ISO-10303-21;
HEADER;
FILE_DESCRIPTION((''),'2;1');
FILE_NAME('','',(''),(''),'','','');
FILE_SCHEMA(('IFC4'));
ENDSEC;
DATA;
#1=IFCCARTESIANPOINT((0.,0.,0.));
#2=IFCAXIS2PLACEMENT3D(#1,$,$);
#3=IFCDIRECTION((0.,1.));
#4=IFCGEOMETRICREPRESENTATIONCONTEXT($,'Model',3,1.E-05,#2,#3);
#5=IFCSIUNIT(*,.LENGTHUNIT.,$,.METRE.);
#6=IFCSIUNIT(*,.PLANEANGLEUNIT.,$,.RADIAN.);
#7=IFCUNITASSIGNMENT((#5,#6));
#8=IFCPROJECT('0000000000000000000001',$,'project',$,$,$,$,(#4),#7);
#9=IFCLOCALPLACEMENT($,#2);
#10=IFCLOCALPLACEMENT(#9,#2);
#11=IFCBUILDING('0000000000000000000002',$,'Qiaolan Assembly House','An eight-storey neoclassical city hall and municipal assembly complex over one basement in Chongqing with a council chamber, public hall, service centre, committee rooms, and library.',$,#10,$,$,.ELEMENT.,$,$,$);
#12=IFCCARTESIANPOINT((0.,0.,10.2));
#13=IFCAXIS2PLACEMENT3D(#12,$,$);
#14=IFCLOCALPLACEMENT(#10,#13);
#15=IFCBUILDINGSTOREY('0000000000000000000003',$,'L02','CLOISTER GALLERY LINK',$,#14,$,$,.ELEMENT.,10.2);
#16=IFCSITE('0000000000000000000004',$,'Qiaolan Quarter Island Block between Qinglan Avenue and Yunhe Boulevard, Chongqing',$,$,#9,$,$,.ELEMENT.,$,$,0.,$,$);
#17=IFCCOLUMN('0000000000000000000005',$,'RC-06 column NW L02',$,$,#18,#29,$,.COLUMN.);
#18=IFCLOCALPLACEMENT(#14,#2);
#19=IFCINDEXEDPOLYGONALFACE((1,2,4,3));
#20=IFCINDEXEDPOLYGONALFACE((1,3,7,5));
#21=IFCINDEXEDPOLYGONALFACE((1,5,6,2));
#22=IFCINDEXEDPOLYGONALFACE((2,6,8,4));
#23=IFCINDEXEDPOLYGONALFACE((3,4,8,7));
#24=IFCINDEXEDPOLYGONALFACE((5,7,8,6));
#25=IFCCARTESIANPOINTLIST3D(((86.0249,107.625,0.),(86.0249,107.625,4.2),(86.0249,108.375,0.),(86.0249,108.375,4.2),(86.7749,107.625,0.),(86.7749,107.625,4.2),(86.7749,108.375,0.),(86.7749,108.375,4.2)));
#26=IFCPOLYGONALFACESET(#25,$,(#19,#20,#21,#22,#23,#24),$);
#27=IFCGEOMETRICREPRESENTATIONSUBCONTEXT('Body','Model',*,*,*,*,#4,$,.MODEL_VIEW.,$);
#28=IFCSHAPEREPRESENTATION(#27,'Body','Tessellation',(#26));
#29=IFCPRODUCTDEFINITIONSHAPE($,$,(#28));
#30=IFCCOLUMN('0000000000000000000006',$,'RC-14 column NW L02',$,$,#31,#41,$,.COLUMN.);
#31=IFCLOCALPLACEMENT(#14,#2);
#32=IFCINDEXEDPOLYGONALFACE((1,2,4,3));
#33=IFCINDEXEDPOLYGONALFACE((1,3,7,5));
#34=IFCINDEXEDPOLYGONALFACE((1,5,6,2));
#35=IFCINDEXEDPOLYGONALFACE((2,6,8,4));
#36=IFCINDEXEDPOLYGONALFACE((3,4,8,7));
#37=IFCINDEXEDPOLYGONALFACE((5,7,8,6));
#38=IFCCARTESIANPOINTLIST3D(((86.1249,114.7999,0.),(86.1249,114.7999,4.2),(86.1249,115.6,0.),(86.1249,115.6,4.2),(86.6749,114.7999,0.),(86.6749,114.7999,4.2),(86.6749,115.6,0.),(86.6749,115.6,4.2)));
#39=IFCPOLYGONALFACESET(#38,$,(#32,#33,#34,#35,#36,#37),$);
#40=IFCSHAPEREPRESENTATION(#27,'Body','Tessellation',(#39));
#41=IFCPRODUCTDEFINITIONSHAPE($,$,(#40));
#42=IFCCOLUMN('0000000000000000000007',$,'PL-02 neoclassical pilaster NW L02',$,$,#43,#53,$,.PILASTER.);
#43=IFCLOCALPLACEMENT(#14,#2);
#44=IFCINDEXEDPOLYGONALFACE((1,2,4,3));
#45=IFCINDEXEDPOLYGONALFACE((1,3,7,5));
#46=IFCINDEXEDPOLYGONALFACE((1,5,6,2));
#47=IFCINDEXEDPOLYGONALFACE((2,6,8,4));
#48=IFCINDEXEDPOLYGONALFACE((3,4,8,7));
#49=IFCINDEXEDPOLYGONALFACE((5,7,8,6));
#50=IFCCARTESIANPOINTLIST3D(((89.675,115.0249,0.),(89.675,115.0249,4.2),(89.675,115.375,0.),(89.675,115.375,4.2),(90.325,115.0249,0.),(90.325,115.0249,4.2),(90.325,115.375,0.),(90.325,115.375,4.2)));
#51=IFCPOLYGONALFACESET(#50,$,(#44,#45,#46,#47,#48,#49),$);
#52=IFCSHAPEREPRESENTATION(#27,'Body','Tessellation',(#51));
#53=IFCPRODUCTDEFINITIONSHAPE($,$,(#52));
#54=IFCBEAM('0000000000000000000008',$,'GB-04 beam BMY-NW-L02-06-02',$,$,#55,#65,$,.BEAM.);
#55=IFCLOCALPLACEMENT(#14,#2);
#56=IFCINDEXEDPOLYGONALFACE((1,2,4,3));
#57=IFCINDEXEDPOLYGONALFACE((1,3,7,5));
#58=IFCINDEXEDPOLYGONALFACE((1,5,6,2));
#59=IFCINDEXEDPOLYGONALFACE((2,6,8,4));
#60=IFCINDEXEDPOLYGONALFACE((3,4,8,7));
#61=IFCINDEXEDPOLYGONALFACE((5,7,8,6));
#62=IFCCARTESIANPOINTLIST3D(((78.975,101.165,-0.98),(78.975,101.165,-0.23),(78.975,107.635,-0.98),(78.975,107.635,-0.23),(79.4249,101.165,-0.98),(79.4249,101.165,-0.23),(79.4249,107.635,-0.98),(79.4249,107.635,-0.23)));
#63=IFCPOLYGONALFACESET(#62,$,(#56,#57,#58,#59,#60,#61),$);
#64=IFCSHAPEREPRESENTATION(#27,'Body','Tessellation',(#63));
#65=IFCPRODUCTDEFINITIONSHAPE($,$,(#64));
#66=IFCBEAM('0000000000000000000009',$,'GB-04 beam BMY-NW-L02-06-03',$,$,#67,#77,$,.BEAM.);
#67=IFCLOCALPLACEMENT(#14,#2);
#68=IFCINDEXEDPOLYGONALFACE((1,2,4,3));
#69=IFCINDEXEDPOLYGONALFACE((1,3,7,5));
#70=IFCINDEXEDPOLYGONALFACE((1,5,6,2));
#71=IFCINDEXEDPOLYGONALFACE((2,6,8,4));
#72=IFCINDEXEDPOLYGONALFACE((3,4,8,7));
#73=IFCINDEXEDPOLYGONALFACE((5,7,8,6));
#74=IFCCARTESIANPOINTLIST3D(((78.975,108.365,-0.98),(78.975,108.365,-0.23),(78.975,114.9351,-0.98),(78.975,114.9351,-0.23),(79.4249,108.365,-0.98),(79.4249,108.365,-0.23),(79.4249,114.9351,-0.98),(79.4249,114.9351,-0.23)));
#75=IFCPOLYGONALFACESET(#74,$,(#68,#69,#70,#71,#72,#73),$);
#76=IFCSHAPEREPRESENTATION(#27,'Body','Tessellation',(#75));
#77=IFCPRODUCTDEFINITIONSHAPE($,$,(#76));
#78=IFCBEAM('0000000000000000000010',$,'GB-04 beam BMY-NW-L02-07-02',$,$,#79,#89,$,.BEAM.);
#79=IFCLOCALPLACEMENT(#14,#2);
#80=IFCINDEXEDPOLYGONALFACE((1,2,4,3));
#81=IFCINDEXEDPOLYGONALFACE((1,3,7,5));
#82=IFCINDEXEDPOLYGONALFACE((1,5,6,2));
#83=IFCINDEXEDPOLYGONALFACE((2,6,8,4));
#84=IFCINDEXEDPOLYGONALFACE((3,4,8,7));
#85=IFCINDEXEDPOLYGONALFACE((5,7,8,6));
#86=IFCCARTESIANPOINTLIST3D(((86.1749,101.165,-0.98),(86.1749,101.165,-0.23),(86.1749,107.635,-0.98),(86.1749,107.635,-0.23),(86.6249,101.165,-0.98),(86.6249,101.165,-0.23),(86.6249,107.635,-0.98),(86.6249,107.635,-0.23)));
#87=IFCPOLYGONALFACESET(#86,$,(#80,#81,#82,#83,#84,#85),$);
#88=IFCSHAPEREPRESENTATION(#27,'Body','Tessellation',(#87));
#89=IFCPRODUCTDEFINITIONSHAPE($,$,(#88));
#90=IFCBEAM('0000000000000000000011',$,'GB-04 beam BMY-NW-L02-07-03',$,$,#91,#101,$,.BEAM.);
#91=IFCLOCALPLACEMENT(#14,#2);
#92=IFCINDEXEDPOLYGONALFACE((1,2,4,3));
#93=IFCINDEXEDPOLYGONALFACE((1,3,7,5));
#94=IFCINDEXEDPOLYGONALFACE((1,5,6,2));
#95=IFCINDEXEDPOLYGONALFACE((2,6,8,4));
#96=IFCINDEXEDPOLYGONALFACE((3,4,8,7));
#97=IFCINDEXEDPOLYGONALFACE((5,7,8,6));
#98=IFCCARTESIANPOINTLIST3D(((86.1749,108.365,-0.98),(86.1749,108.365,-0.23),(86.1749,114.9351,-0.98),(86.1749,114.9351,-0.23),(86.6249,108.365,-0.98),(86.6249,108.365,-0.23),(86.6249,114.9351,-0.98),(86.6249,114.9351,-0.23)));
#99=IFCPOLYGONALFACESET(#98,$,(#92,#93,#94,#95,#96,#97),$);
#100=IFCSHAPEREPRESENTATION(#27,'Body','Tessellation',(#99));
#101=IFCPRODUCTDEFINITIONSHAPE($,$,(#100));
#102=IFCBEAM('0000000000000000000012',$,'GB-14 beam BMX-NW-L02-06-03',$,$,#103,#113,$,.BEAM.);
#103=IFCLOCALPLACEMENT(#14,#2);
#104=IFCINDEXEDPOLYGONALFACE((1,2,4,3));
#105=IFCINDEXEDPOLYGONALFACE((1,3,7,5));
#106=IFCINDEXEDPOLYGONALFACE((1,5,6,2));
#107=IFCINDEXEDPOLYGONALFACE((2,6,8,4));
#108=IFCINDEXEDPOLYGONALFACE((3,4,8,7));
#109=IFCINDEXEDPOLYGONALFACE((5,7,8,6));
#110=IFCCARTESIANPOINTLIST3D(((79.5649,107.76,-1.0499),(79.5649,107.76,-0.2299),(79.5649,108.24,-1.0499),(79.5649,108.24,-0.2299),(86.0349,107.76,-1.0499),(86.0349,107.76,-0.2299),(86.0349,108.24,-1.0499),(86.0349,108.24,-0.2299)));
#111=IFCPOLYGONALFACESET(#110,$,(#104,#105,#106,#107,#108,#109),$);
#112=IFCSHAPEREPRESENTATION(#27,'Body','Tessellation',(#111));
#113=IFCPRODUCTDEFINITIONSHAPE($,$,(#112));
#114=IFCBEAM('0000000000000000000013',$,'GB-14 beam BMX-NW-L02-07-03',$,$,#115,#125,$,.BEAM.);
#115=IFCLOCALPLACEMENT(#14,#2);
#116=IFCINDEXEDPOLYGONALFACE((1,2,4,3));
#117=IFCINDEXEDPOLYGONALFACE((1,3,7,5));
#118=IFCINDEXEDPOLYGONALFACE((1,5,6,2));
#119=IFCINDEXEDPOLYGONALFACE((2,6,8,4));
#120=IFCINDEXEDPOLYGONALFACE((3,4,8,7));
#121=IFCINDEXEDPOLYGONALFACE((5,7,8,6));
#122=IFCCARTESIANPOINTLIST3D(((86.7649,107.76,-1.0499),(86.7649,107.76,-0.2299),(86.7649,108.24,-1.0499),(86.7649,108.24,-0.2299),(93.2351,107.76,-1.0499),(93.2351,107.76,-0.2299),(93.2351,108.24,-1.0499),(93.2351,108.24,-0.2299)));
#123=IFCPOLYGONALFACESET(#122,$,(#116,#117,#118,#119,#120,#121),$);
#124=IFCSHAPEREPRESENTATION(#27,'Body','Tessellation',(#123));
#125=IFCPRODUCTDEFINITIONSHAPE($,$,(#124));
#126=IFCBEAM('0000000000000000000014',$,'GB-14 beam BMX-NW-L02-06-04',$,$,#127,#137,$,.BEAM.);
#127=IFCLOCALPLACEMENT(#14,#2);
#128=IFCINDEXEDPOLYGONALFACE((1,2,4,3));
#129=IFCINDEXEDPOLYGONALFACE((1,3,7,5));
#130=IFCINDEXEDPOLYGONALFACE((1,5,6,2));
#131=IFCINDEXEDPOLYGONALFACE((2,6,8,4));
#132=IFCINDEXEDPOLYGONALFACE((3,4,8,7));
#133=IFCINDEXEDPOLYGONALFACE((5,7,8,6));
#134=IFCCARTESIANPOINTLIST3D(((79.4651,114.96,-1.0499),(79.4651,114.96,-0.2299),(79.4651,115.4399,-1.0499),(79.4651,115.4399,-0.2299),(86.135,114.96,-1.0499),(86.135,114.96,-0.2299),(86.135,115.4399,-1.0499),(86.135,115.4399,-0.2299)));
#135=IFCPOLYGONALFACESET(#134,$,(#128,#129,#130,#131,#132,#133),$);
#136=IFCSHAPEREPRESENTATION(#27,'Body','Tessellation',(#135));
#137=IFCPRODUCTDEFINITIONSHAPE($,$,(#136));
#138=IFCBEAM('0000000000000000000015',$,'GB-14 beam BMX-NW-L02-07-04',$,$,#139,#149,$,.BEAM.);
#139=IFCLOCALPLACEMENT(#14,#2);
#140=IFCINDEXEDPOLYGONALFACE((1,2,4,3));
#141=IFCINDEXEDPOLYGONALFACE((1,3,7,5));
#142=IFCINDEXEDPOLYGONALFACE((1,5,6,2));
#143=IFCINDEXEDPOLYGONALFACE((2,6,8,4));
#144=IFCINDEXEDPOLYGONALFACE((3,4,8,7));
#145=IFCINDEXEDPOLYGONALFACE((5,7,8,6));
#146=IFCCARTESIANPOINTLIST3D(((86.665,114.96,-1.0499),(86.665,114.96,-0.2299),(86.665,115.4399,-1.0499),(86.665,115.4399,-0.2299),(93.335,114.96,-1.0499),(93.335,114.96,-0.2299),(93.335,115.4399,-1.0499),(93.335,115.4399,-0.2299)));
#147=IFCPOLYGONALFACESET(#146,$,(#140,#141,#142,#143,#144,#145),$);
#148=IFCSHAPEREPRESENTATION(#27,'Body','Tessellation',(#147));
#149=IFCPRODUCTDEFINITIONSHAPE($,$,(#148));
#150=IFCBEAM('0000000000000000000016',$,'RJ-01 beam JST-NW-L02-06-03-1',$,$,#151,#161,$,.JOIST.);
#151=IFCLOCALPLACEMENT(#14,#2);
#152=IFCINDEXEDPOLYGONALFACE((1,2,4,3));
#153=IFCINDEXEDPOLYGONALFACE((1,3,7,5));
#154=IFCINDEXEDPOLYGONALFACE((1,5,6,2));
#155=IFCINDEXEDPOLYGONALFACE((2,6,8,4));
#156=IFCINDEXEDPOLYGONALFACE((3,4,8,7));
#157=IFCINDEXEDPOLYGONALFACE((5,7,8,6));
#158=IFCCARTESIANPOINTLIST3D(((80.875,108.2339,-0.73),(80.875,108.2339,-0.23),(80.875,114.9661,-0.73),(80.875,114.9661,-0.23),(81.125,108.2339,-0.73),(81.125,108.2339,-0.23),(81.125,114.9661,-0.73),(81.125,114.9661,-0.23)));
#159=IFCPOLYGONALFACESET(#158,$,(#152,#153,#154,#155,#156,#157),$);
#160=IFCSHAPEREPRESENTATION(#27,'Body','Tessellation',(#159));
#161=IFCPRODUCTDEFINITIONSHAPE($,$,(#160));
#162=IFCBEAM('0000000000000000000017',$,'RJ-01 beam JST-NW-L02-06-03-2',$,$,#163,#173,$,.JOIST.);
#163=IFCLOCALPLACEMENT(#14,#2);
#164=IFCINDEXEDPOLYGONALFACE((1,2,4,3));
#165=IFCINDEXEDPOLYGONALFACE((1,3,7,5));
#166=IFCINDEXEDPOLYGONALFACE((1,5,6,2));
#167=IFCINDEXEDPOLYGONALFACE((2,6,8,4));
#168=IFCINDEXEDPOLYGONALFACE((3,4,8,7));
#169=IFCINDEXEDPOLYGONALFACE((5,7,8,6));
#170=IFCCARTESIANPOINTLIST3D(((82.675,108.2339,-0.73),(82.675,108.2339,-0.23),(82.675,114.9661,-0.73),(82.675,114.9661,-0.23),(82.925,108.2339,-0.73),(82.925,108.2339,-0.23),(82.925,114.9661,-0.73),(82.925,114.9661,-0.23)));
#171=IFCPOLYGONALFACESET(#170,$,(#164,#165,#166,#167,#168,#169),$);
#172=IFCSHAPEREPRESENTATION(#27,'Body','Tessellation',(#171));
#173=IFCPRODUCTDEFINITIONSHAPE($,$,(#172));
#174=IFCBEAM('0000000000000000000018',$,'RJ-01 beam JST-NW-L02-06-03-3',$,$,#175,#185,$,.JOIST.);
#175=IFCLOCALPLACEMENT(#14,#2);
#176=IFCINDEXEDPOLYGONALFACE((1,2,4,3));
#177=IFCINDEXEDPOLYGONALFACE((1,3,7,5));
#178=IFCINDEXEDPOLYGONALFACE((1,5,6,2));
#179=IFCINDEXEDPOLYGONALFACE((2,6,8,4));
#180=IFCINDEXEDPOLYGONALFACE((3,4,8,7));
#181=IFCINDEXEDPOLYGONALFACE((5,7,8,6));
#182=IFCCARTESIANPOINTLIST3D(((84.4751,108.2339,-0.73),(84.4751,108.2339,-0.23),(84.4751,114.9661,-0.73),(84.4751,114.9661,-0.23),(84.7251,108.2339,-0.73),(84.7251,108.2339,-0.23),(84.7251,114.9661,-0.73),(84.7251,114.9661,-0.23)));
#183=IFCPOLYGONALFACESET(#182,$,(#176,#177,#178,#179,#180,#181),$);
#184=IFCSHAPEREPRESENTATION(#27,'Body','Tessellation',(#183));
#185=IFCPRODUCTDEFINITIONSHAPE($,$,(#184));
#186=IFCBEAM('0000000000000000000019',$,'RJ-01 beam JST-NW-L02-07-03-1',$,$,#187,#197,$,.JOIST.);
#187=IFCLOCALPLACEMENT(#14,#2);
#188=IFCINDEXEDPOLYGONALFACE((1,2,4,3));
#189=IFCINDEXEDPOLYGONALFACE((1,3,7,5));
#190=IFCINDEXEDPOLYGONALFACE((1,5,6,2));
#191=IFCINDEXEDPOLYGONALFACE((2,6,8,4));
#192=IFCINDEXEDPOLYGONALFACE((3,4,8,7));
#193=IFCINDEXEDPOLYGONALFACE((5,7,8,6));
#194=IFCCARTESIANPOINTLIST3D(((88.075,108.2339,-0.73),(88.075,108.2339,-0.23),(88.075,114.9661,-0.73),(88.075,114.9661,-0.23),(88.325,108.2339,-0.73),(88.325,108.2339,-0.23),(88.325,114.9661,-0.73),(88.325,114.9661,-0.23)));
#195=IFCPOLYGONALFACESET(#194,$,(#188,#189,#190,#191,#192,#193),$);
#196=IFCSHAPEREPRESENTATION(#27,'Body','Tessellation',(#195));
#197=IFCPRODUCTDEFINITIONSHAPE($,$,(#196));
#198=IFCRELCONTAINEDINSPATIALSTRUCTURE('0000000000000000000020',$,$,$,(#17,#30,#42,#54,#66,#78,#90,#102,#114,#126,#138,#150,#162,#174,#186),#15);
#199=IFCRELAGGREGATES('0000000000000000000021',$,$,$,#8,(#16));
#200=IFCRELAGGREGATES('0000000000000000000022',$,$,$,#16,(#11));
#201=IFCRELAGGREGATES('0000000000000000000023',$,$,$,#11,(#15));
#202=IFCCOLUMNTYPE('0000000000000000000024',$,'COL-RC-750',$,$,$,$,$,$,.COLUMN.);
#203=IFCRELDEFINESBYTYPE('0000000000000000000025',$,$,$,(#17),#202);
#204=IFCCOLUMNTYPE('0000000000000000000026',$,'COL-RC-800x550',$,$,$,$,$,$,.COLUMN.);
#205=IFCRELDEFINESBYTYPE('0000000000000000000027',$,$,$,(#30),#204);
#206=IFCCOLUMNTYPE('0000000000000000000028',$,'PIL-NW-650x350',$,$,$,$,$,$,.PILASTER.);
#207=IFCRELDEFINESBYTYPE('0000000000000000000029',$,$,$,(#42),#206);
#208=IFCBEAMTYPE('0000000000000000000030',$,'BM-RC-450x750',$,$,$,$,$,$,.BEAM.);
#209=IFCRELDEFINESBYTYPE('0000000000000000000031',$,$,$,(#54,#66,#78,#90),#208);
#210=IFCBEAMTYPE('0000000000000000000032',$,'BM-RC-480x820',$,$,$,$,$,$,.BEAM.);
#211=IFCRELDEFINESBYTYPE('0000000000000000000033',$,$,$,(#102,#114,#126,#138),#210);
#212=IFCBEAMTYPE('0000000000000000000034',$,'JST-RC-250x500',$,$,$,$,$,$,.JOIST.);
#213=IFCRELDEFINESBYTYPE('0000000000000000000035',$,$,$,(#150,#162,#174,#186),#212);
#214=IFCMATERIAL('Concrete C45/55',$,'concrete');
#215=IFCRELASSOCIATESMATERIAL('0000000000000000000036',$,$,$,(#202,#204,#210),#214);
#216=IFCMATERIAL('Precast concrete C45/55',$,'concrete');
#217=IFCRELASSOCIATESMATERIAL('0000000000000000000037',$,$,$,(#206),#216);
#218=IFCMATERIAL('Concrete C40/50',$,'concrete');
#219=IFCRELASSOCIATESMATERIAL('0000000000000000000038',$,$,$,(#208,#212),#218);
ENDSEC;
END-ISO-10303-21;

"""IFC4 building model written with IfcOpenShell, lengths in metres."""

from ifc_helpers import new_model, si_unit, direction, frame, origin, origin_2d, place, context, subcontext, project, spatial, rectangle, extrude, material, material_profile, profile_set, type_object, element, save


model = new_model("IFC4")

# Units and contexts
model_context = context("Model", 3, precision=1e-05, world=origin(), true_north=direction((0.0, 1.0)))
body_context = subcontext(model_context, "Body", "Model", "MODEL_VIEW")
ifc_project = project(units=[si_unit("LENGTHUNIT", "METRE"), si_unit("PLANEANGLEUNIT", "RADIAN")], contexts=[model_context])

# Site, building, storey
site_placement = place(None, origin())
site = spatial("IfcSite", under=ifc_project, at=site_placement, Name="Qiaolan Quarter Island Block between Qinglan Avenue and Yunhe Boulevard, Chongqing", CompositionType="ELEMENT", RefElevation=0.0)
building_placement = place(site_placement, origin())
building = spatial("IfcBuilding", under=site, at=building_placement, Name="Qiaolan Assembly House", Description="An eight-storey neoclassical city hall and municipal assembly complex over one basement in Chongqing with a council chamber, public hall, service centre, committee rooms, and library.", CompositionType="ELEMENT")
storey_placement = place(building_placement, frame((0.0, 0.0, 10.2)))
storey = spatial("IfcBuildingStorey", under=building, at=storey_placement, Name="L02", Description="CLOISTER GALLERY LINK", CompositionType="ELEMENT", Elevation=10.2)

# Columns
ifc_material_1 = material(Name="Concrete C45/55", Category="concrete")
ifc_material_profile_1 = material_profile(ifc_material_1, rectangle(XDim=0.75, YDim=0.75, at=origin_2d()), Name="RC 750x750")
ifc_profile_set_1 = profile_set([ifc_material_profile_1], Name="Concrete C45/55")
column_type_1 = type_object("IfcColumnType", Name="COL-RC-750", PredefinedType="COLUMN", material=ifc_profile_set_1)
column_1_placement = place(storey_placement, frame((86.3999, 108.0, 0.0), z_axis=(0.0, 0.0, 1.0), x_axis=(1.0, 0.0, 0.0)))
element("IfcColumn", 1, at=column_1_placement, inside=storey, type_object=column_type_1, Name="RC-06 column NW L02", PredefinedType="COLUMN", context=body_context, shape_type="SweptSolid", body=[
    extrude(rectangle(XDim=0.75, YDim=0.75, at=origin_2d()), origin(), (0.0, 0.0, 1.0), 4.2),
])
ifc_material_profile_2 = material_profile(ifc_material_1, rectangle(XDim=0.55, YDim=0.8, at=origin_2d()), Name="RC 800x550")
ifc_profile_set_2 = profile_set([ifc_material_profile_2], Name="Concrete C45/55")
column_type_2 = type_object("IfcColumnType", Name="COL-RC-800x550", PredefinedType="COLUMN", material=ifc_profile_set_2)
column_2_placement = place(storey_placement, frame((86.3999, 115.2, 0.0), z_axis=(0.0, 0.0, 1.0), x_axis=(1.0, 0.0, 0.0)))
element("IfcColumn", 2, at=column_2_placement, inside=storey, type_object=column_type_2, Name="RC-14 column NW L02", PredefinedType="COLUMN", context=body_context, shape_type="SweptSolid", body=[
    extrude(rectangle(XDim=0.55, YDim=0.8, at=origin_2d()), origin(), (0.0, 0.0, 1.0), 4.2),
])
ifc_material_2 = material(Name="Precast concrete C45/55", Category="concrete")
ifc_material_profile_3 = material_profile(ifc_material_2, rectangle(XDim=0.6499, YDim=0.3501, at=origin_2d()), Name="PIL 650x350")
ifc_profile_set_3 = profile_set([ifc_material_profile_3], Name="Precast concrete C45/55")
column_type_3 = type_object("IfcColumnType", Name="PIL-NW-650x350", PredefinedType="PILASTER", material=ifc_profile_set_3)
column_3_placement = place(storey_placement, frame((90.0, 115.2, 0.0), z_axis=(0.0, 0.0, 1.0), x_axis=(1.0, 0.0, 0.0)))
element("IfcColumn", 3, at=column_3_placement, inside=storey, type_object=column_type_3, Name="PL-02 neoclassical pilaster NW L02", PredefinedType="PILASTER", context=body_context, shape_type="SweptSolid", body=[
    extrude(rectangle(XDim=0.6499, YDim=0.3501, at=origin_2d()), origin(), (0.0, 0.0, 1.0), 4.2),
])

# Beams
ifc_material_3 = material(Name="Concrete C40/50", Category="concrete")
ifc_material_profile_4 = material_profile(ifc_material_3, rectangle(XDim=0.45, YDim=0.75, at=origin_2d()), Name="RCB 450x750")
ifc_profile_set_4 = profile_set([ifc_material_profile_4], Name="Concrete C40/50")
beam_type_1 = type_object("IfcBeamType", Name="BM-RC-450x750", PredefinedType="BEAM", material=ifc_profile_set_4)
beam_1_placement = place(storey_placement, frame((79.2, 101.165, -0.605), z_axis=(0.0, 1.0, 0.0), x_axis=(-1.0, 0.0, 0.0)))
element("IfcBeam", 4, at=beam_1_placement, inside=storey, type_object=beam_type_1, Name="GB-04 beam BMY-NW-L02-06-02", PredefinedType="BEAM", context=body_context, shape_type="SweptSolid", body=[
    extrude(rectangle(XDim=0.45, YDim=0.75, at=origin_2d()), origin(), (0.0, 0.0, 1.0), 6.47),
])
beam_2_placement = place(storey_placement, frame((79.2, 108.365, -0.605), z_axis=(0.0, 1.0, 0.0), x_axis=(-1.0, 0.0, 0.0)))
element("IfcBeam", 5, at=beam_2_placement, inside=storey, type_object=beam_type_1, Name="GB-04 beam BMY-NW-L02-06-03", PredefinedType="BEAM", context=body_context, shape_type="SweptSolid", body=[
    extrude(rectangle(XDim=0.45, YDim=0.75, at=origin_2d()), origin(), (0.0, 0.0, 1.0), 6.5701),
])
beam_3_placement = place(storey_placement, frame((86.3999, 101.165, -0.605), z_axis=(0.0, 1.0, 0.0), x_axis=(-1.0, 0.0, 0.0)))
element("IfcBeam", 6, at=beam_3_placement, inside=storey, type_object=beam_type_1, Name="GB-04 beam BMY-NW-L02-07-02", PredefinedType="BEAM", context=body_context, shape_type="SweptSolid", body=[
    extrude(rectangle(XDim=0.45, YDim=0.75, at=origin_2d()), origin(), (0.0, 0.0, 1.0), 6.47),
])
beam_4_placement = place(storey_placement, frame((86.3999, 108.365, -0.605), z_axis=(0.0, 1.0, 0.0), x_axis=(-1.0, 0.0, 0.0)))
element("IfcBeam", 7, at=beam_4_placement, inside=storey, type_object=beam_type_1, Name="GB-04 beam BMY-NW-L02-07-03", PredefinedType="BEAM", context=body_context, shape_type="SweptSolid", body=[
    extrude(rectangle(XDim=0.45, YDim=0.75, at=origin_2d()), origin(), (0.0, 0.0, 1.0), 6.5701),
])
ifc_material_profile_5 = material_profile(ifc_material_1, rectangle(XDim=0.48, YDim=0.8201, at=origin_2d()), Name="RCB 480x820")
ifc_profile_set_5 = profile_set([ifc_material_profile_5], Name="Concrete C45/55")
beam_type_2 = type_object("IfcBeamType", Name="BM-RC-480x820", PredefinedType="BEAM", material=ifc_profile_set_5)
beam_5_placement = place(storey_placement, frame((79.5649, 108.0, -0.6399), z_axis=(1.0, 0.0, 0.0), x_axis=(0.0, 1.0, 0.0)))
element("IfcBeam", 8, at=beam_5_placement, inside=storey, type_object=beam_type_2, Name="GB-14 beam BMX-NW-L02-06-03", PredefinedType="BEAM", context=body_context, shape_type="SweptSolid", body=[
    extrude(rectangle(XDim=0.48, YDim=0.8201, at=origin_2d()), origin(), (0.0, 0.0, 1.0), 6.47),
])
beam_6_placement = place(storey_placement, frame((86.7649, 108.0, -0.6399), z_axis=(1.0, 0.0, 0.0), x_axis=(0.0, 1.0, 0.0)))
element("IfcBeam", 9, at=beam_6_placement, inside=storey, type_object=beam_type_2, Name="GB-14 beam BMX-NW-L02-07-03", PredefinedType="BEAM", context=body_context, shape_type="SweptSolid", body=[
    extrude(rectangle(XDim=0.48, YDim=0.8201, at=origin_2d()), origin(), (0.0, 0.0, 1.0), 6.4702),
])
for number, where, z_axis, x_axis, name in (
    (10, (79.4651, 115.2, -0.6399), (1.0, 0.0, 0.0), (0.0, 1.0, 0.0), "GB-14 beam BMX-NW-L02-06-04"),
    (11, (86.665, 115.2, -0.6399), (1.0, 0.0, 0.0), (0.0, 1.0, 0.0), "GB-14 beam BMX-NW-L02-07-04"),
):
    element("IfcBeam", number, at=place(storey_placement, frame(where, z_axis=z_axis, x_axis=x_axis)), inside=storey, type_object=beam_type_2, Name=name, PredefinedType="BEAM", context=body_context, shape_type="SweptSolid", body=[
        extrude(rectangle(XDim=0.48, YDim=0.8201, at=origin_2d()), origin(), (0.0, 0.0, 1.0), 6.6699),
    ])
ifc_material_profile_6 = material_profile(ifc_material_3, rectangle(XDim=0.25, YDim=0.5, at=origin_2d()), Name="RCB 250x500")
ifc_profile_set_6 = profile_set([ifc_material_profile_6], Name="Concrete C40/50")
beam_type_3 = type_object("IfcBeamType", Name="JST-RC-250x500", PredefinedType="JOIST", material=ifc_profile_set_6)
for number, where, z_axis, x_axis, name in (
    (12, (81.0, 108.2339, -0.48), (0.0, 1.0, 0.0), (-1.0, 0.0, 0.0), "RJ-01 beam JST-NW-L02-06-03-1"),
    (13, (82.8, 108.2339, -0.48), (0.0, 1.0, 0.0), (-1.0, 0.0, 0.0), "RJ-01 beam JST-NW-L02-06-03-2"),
    (14, (84.6001, 108.2339, -0.48), (0.0, 1.0, 0.0), (-1.0, 0.0, 0.0), "RJ-01 beam JST-NW-L02-06-03-3"),
    (15, (88.2, 108.2339, -0.48), (0.0, 1.0, 0.0), (-1.0, 0.0, 0.0), "RJ-01 beam JST-NW-L02-07-03-1"),
):
    element("IfcBeam", number, at=place(storey_placement, frame(where, z_axis=z_axis, x_axis=x_axis)), inside=storey, type_object=beam_type_3, Name=name, PredefinedType="JOIST", context=body_context, shape_type="SweptSolid", body=[
        extrude(rectangle(XDim=0.25, YDim=0.5, at=origin_2d()), origin(), (0.0, 0.0, 1.0), 6.7322),
    ])

save(model, "model.ifc")
